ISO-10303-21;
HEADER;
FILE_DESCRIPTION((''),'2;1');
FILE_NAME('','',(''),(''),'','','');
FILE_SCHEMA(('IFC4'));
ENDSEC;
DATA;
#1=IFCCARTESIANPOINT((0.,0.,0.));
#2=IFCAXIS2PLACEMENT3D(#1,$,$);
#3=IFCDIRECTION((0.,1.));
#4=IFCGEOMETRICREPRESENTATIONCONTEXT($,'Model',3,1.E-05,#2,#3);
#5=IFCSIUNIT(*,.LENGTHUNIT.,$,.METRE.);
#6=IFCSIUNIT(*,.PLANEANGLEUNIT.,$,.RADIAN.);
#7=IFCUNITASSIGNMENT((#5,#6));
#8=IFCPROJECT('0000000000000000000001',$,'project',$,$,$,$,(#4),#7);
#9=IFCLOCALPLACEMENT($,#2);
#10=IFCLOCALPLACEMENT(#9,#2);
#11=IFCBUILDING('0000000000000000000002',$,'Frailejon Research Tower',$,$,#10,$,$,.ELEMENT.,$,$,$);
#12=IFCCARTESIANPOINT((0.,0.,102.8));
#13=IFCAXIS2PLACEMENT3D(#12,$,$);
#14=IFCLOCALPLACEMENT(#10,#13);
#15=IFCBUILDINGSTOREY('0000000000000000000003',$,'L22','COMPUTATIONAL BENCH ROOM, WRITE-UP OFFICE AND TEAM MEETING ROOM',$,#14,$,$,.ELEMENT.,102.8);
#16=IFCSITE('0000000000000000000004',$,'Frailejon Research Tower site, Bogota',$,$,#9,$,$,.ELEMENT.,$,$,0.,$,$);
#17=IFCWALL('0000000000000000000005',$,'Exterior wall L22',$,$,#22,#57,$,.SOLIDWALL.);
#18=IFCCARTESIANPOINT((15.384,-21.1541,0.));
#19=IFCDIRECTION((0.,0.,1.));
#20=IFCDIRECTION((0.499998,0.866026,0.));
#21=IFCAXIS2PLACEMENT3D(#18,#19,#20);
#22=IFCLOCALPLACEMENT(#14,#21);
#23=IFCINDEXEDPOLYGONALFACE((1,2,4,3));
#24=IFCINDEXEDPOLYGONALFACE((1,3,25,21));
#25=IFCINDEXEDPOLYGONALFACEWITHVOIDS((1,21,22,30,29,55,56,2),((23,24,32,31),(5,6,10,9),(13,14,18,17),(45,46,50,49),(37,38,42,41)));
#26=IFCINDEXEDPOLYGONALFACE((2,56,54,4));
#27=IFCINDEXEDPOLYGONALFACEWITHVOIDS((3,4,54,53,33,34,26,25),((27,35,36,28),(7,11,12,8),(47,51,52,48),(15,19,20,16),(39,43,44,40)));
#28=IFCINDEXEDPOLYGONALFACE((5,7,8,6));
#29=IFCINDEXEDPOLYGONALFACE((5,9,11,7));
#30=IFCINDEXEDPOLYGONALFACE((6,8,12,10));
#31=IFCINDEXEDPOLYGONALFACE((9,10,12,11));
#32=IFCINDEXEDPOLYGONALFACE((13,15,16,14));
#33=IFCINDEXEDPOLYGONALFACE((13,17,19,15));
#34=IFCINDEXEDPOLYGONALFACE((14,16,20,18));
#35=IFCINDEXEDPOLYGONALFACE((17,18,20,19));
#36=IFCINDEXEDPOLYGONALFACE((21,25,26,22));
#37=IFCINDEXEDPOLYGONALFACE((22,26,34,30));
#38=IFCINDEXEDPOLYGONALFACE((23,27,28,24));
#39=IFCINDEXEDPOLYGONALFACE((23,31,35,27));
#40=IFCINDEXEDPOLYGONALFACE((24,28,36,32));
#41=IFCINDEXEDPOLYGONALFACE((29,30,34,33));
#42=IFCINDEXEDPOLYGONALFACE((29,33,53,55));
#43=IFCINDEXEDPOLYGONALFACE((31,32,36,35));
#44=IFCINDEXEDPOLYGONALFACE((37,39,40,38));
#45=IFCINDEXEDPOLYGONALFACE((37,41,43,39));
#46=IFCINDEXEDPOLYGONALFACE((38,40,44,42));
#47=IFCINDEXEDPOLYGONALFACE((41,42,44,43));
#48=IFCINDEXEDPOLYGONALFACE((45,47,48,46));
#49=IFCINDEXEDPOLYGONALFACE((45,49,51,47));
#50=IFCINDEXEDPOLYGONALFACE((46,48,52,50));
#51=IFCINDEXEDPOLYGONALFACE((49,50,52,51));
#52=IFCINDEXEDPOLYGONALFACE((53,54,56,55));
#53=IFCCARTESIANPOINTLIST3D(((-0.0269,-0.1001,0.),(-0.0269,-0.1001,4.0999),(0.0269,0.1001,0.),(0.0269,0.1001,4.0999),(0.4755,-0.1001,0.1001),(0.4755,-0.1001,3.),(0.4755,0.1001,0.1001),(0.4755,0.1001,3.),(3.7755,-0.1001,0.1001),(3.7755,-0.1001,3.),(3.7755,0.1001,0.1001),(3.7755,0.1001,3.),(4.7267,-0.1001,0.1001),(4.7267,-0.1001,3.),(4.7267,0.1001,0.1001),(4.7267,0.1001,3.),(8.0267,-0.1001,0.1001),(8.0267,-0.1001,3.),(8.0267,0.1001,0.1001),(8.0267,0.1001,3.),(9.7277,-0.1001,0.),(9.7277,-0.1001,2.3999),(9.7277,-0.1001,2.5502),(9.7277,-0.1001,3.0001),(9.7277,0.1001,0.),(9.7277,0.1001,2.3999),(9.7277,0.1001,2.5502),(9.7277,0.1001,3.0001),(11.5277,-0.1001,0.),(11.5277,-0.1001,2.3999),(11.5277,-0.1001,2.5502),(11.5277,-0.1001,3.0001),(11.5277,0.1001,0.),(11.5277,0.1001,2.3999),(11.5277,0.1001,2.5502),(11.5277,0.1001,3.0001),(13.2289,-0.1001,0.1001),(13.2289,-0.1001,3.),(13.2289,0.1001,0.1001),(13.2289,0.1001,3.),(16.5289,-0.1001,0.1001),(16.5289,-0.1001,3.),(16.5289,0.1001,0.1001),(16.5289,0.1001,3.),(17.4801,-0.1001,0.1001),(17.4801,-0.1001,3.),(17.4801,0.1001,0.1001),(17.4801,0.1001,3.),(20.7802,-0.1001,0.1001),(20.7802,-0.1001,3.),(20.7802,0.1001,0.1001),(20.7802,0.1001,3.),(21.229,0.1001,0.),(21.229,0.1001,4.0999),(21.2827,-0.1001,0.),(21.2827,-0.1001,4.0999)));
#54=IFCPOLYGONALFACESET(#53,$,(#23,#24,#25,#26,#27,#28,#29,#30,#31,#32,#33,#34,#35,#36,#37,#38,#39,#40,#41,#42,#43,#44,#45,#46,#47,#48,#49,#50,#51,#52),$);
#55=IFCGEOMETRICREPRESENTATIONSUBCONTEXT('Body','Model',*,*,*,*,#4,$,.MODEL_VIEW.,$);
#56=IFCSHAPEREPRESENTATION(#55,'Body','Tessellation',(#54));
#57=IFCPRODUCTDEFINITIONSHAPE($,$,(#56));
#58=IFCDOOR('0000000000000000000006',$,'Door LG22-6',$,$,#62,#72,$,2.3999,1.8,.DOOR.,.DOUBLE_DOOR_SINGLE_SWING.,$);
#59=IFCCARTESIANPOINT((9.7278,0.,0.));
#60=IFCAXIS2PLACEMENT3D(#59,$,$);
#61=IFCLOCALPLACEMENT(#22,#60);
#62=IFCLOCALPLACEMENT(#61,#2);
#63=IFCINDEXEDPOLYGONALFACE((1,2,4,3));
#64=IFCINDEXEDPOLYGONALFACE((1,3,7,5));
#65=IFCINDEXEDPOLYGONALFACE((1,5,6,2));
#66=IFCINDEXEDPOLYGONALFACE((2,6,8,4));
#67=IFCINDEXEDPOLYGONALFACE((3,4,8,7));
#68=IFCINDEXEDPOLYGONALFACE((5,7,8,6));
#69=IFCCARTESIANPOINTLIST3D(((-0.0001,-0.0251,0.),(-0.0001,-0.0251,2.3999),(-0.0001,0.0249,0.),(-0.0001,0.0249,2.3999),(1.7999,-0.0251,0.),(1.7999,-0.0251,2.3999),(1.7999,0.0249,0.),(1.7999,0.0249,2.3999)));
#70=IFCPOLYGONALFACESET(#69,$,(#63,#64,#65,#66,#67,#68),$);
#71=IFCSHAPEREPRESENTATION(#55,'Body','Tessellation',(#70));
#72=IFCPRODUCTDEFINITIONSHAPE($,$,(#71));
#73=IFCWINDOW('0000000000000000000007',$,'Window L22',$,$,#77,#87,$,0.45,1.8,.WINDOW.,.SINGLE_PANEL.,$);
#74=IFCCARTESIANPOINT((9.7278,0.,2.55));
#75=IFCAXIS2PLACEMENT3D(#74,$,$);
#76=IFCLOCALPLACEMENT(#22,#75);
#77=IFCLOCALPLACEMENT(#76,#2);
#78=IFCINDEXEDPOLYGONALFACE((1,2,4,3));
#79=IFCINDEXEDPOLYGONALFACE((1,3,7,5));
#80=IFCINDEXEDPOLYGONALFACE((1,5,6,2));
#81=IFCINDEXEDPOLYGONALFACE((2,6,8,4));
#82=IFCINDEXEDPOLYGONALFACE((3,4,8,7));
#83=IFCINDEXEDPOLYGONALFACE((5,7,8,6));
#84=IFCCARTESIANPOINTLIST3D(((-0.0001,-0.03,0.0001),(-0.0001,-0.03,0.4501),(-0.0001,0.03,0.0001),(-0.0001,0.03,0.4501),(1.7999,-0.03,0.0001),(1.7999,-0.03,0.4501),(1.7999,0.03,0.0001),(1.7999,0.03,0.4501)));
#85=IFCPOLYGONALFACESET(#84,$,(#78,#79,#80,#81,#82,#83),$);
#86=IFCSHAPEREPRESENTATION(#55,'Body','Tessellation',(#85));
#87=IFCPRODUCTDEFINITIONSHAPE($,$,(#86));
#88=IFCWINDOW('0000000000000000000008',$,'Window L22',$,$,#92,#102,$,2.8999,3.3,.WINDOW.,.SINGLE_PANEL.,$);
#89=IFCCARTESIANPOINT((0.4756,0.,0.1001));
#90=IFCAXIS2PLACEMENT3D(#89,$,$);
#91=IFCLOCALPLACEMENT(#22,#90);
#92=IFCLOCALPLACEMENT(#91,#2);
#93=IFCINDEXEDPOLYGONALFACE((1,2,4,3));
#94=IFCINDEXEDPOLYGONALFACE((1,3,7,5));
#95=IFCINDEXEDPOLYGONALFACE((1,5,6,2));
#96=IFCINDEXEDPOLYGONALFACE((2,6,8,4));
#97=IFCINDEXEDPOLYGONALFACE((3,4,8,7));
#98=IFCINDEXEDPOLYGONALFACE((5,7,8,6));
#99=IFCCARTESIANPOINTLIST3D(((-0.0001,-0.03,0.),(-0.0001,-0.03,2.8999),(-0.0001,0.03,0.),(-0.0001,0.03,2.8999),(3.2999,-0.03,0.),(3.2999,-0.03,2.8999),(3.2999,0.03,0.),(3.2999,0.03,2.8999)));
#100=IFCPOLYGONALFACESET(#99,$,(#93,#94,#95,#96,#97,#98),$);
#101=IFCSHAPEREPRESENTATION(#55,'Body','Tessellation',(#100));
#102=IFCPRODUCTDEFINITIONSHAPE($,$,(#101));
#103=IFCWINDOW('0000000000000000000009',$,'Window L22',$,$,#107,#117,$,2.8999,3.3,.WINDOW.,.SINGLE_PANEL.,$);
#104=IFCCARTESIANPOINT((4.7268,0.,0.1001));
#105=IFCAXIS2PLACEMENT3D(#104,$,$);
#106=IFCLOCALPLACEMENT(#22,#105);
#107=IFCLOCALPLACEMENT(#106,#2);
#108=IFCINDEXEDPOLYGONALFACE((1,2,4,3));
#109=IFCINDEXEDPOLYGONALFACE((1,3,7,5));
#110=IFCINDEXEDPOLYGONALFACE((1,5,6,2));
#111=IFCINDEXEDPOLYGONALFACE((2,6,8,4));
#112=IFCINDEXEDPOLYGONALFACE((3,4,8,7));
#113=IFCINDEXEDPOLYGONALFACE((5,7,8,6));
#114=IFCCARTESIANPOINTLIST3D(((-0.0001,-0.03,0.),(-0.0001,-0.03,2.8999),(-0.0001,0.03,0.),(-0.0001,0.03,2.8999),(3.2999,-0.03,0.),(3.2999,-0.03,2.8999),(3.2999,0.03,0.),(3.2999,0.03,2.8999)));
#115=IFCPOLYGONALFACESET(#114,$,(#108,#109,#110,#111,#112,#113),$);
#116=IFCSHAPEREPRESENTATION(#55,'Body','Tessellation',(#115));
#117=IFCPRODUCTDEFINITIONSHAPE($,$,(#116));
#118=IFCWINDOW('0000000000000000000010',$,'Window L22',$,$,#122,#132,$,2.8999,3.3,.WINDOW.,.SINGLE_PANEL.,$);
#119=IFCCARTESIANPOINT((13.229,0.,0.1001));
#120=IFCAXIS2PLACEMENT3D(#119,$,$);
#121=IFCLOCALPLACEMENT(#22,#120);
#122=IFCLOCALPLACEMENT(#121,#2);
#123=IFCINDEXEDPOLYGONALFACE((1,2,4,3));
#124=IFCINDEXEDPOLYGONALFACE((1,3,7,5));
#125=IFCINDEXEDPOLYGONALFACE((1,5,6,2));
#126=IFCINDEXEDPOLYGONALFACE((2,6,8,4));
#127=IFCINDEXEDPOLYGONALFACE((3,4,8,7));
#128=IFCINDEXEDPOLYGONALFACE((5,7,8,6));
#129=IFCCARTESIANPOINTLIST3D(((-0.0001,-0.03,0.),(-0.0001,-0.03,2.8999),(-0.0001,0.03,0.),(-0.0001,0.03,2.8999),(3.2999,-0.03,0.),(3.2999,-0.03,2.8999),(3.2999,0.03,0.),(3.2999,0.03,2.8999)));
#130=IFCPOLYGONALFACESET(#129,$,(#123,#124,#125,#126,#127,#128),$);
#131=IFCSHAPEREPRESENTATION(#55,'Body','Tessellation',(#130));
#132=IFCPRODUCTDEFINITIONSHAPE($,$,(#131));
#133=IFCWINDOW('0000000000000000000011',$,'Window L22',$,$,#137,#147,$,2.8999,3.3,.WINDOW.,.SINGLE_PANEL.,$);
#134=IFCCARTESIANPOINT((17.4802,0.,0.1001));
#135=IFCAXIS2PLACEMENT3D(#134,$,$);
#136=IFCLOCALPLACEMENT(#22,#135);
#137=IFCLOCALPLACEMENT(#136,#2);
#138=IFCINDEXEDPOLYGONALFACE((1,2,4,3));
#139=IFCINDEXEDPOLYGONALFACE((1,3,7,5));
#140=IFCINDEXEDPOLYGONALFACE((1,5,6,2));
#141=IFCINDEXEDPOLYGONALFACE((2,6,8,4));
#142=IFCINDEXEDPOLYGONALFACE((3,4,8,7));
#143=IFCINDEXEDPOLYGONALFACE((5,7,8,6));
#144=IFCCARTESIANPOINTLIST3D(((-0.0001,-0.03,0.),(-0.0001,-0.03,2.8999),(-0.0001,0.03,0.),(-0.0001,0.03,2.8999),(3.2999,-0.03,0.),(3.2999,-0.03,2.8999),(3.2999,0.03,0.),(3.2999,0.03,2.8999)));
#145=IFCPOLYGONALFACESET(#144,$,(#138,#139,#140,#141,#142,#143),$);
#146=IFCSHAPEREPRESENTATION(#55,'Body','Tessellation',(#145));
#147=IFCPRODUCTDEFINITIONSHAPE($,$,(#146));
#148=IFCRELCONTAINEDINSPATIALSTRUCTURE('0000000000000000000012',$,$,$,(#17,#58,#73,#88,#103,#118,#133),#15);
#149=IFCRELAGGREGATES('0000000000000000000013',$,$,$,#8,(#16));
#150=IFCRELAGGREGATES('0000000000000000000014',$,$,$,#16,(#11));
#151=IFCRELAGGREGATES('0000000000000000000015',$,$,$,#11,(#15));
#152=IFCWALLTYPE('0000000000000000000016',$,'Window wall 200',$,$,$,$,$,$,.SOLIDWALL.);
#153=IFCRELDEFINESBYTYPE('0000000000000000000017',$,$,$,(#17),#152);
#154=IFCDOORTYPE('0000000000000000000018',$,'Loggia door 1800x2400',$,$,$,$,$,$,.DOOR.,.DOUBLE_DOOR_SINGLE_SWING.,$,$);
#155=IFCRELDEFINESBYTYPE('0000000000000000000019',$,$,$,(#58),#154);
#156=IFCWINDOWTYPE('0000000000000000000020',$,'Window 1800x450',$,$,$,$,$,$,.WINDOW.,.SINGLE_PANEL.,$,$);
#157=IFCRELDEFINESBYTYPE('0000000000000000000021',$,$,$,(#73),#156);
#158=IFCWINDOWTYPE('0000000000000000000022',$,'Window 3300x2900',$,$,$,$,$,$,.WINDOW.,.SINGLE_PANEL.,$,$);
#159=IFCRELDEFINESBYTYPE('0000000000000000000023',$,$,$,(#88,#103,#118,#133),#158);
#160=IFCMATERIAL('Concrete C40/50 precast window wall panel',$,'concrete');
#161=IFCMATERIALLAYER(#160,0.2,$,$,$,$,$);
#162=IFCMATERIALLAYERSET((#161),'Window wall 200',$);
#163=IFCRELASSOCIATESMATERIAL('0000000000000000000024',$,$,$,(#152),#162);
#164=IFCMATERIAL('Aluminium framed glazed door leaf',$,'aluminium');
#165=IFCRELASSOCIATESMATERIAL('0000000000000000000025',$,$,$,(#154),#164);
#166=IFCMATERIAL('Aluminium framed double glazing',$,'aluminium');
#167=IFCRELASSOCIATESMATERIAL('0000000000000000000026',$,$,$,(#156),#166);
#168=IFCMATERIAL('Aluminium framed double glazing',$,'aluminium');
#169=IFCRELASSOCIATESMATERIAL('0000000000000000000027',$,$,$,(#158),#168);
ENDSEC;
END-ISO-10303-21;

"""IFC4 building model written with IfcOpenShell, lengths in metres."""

from ifc_helpers import new_model, si_unit, direction, frame, frame_2d, origin, place, context, subcontext, project, spatial, polyline, rectangle, outline, extrude, material, layer, layer_set, type_object, element, fill, save


model = new_model("IFC4")

# Units and contexts
model_context = context("Model", 3, precision=1e-05, world=origin(), true_north=direction((0.0, 1.0)))
body_context = subcontext(model_context, "Body", "Model", "MODEL_VIEW")
ifc_project = project(units=[si_unit("LENGTHUNIT", "METRE"), si_unit("PLANEANGLEUNIT", "RADIAN")], contexts=[model_context])

# Site, building, storey
site_placement = place(None, origin())
site = spatial("IfcSite", under=ifc_project, at=site_placement, Name="Frailejon Research Tower site, Bogota", CompositionType="ELEMENT", RefElevation=0.0)
building_placement = place(site_placement, origin())
building = spatial("IfcBuilding", under=site, at=building_placement, Name="Frailejon Research Tower", CompositionType="ELEMENT")
storey_placement = place(building_placement, frame((0.0, 0.0, 102.8)))
storey = spatial("IfcBuildingStorey", under=building, at=storey_placement, Name="L22", Description="COMPUTATIONAL BENCH ROOM, WRITE-UP OFFICE AND TEAM MEETING ROOM", CompositionType="ELEMENT", Elevation=102.8)

# Wall, openings, door, windows
ifc_material_1 = material(Name="Concrete C40/50 precast window wall panel", Category="concrete")
ifc_layer_1 = layer(ifc_material_1, 0.2)
ifc_layer_set_1 = layer_set([ifc_layer_1], Name="Window wall 200")
wall_type_1 = type_object("IfcWallType", Name="Window wall 200", PredefinedType="SOLIDWALL", material=ifc_layer_set_1)
wall_1_placement = place(storey_placement, frame((15.384, -21.1541, 0.0), z_axis=(0.0, 0.0, 1.0), x_axis=(0.499998, 0.866026, 0.0)))
wall_1 = element("IfcWall", 1, at=wall_1_placement, inside=storey, type_object=wall_type_1, Name="Exterior wall L22", PredefinedType="SOLIDWALL", context=body_context, shape_type="SweptSolid", body=[
    extrude(outline(polyline([(-0.0269, -0.1001), (0.9878, -0.1001), (2.0027, -0.1001), (3.0173, -0.1001), (4.0322, -0.1001), (5.0469, -0.1001), (6.0615, -0.1001), (7.0764, -0.1001), (8.0911, -0.1001), (9.1057, -0.1001), (10.1206, -0.1001), (11.1353, -0.1001), (12.1501, -0.1001), (13.1648, -0.1001), (14.1794, -0.1001), (15.1943, -0.1001), (16.209, -0.1001), (17.2236, -0.1001), (18.2385, -0.1001), (19.2532, -0.1001), (20.2681, -0.1001), (21.2827, -0.1001), (21.229, 0.1001), (20.2195, 0.1001), (19.2097, 0.1001), (18.2002, 0.1001), (17.1904, 0.1001), (16.1809, 0.1001), (15.1711, 0.1001), (14.1616, 0.1001), (13.1521, 0.1001), (12.1423, 0.1001), (11.1328, 0.1001), (10.123, 0.1001), (9.1135, 0.1001), (8.1038, 0.1001), (7.0942, 0.1001), (6.0847, 0.1001), (5.075, 0.1001), (4.0654, 0.1001), (3.0557, 0.1001), (2.0461, 0.1001), (1.0364, 0.1001), (0.0269, 0.1001), (-0.0269, -0.1001)])), origin(), (0.0, 0.0, 1.0), 4.0999),
])
opening_1_placement = place(wall_1_placement, frame((0.4756, 0.0, 0.1001)))
opening_1 = element("IfcOpeningElement", 2, at=opening_1_placement, cuts=wall_1, PredefinedType="OPENING", context=body_context, shape_type="SweptSolid", body=[
    extrude(rectangle(XDim=3.3, YDim=2.8999, at=frame_2d((1.6499, 1.45))), frame((0.0, 0.1099, 0.0), z_axis=(0.0, -1.0, 0.0), x_axis=(1.0, 0.0, 0.0)), (0.0, 0.0, 1.0), 0.22),
])
opening_2_placement = place(wall_1_placement, frame((4.7268, 0.0, 0.1001)))
opening_2 = element("IfcOpeningElement", 3, at=opening_2_placement, cuts=wall_1, PredefinedType="OPENING", context=body_context, shape_type="SweptSolid", body=[
    extrude(rectangle(XDim=3.3, YDim=2.8999, at=frame_2d((1.6499, 1.45))), frame((0.0, 0.1099, 0.0), z_axis=(0.0, -1.0, 0.0), x_axis=(1.0, 0.0, 0.0)), (0.0, 0.0, 1.0), 0.22),
])
opening_3_placement = place(wall_1_placement, frame((9.7278, 0.0, 0.0)))
opening_3 = element("IfcOpeningElement", 4, at=opening_3_placement, cuts=wall_1, PredefinedType="OPENING", context=body_context, shape_type="SweptSolid", body=[
    extrude(rectangle(XDim=1.8, YDim=2.3999, at=frame_2d((0.8999, 1.2))), frame((0.0, 0.1099, 0.0), z_axis=(0.0, -1.0, 0.0), x_axis=(1.0, 0.0, 0.0)), (0.0, 0.0, 1.0), 0.22),
])
opening_4_placement = place(wall_1_placement, frame((9.7278, 0.0, 2.55)))
opening_4 = element("IfcOpeningElement", 5, at=opening_4_placement, cuts=wall_1, PredefinedType="OPENING", context=body_context, shape_type="SweptSolid", body=[
    extrude(rectangle(XDim=1.8, YDim=0.45, at=frame_2d((0.8999, 0.2251))), frame((0.0, 0.1099, 0.0), z_axis=(0.0, -1.0, 0.0), x_axis=(1.0, 0.0, 0.0)), (0.0, 0.0, 1.0), 0.22),
])
opening_5_placement = place(wall_1_placement, frame((13.229, 0.0, 0.1001)))
opening_5 = element("IfcOpeningElement", 6, at=opening_5_placement, cuts=wall_1, PredefinedType="OPENING", context=body_context, shape_type="SweptSolid", body=[
    extrude(rectangle(XDim=3.3, YDim=2.8999, at=frame_2d((1.6499, 1.45))), frame((0.0, 0.1099, 0.0), z_axis=(0.0, -1.0, 0.0), x_axis=(1.0, 0.0, 0.0)), (0.0, 0.0, 1.0), 0.22),
])
opening_6_placement = place(wall_1_placement, frame((17.4802, 0.0, 0.1001)))
opening_6 = element("IfcOpeningElement", 7, at=opening_6_placement, cuts=wall_1, PredefinedType="OPENING", context=body_context, shape_type="SweptSolid", body=[
    extrude(rectangle(XDim=3.3, YDim=2.8999, at=frame_2d((1.6499, 1.45))), frame((0.0, 0.1099, 0.0), z_axis=(0.0, -1.0, 0.0), x_axis=(1.0, 0.0, 0.0)), (0.0, 0.0, 1.0), 0.22),
])
ifc_material_2 = material(Name="Aluminium framed glazed door leaf", Category="aluminium")
door_type_1 = type_object("IfcDoorType", Name="Loggia door 1800x2400", OperationType="DOUBLE_DOOR_SINGLE_SWING", PredefinedType="DOOR", material=ifc_material_2)
door_1_placement = place(opening_3_placement, origin())
door_1 = element("IfcDoor", 8, at=door_1_placement, inside=storey, type_object=door_type_1, Name="Door LG22-6", OperationType="DOUBLE_DOOR_SINGLE_SWING", OverallHeight=2.3999, OverallWidth=1.8, PredefinedType="DOOR", context=body_context, shape_type="SweptSolid", body=[
    extrude(rectangle(XDim=1.8, YDim=2.3999, at=frame_2d((0.8999, 1.2))), frame((0.0, 0.0249, 0.0), z_axis=(0.0, -1.0, 0.0), x_axis=(1.0, 0.0, 0.0)), (0.0, 0.0, 1.0), 0.05),
])
fill(opening_3, door_1)
ifc_material_3 = material(Name="Aluminium framed double glazing", Category="aluminium")
window_type_1 = type_object("IfcWindowType", Name="Window 1800x450", PartitioningType="SINGLE_PANEL", PredefinedType="WINDOW", material=ifc_material_3)
window_1_placement = place(opening_4_placement, origin())
window_1 = element("IfcWindow", 9, at=window_1_placement, inside=storey, type_object=window_type_1, Name="Window L22", OverallHeight=0.45, OverallWidth=1.8, PartitioningType="SINGLE_PANEL", PredefinedType="WINDOW", context=body_context, shape_type="SweptSolid", body=[
    extrude(rectangle(XDim=1.8, YDim=0.45, at=frame_2d((0.8999, 0.2251))), frame((0.0, 0.03, 0.0), z_axis=(0.0, -1.0, 0.0), x_axis=(1.0, 0.0, 0.0)), (0.0, 0.0, 1.0), 0.0601),
])
fill(opening_4, window_1)
ifc_material_4 = material(Name="Aluminium framed double glazing", Category="aluminium")
window_type_2 = type_object("IfcWindowType", Name="Window 3300x2900", PartitioningType="SINGLE_PANEL", PredefinedType="WINDOW", material=ifc_material_4)
window_2_placement = place(opening_1_placement, origin())
window_2 = element("IfcWindow", 10, at=window_2_placement, inside=storey, type_object=window_type_2, Name="Window L22", OverallHeight=2.8999, OverallWidth=3.3, PartitioningType="SINGLE_PANEL", PredefinedType="WINDOW", context=body_context, shape_type="SweptSolid", body=[
    extrude(rectangle(XDim=3.3, YDim=2.8999, at=frame_2d((1.6499, 1.45))), frame((0.0, 0.03, 0.0), z_axis=(0.0, -1.0, 0.0), x_axis=(1.0, 0.0, 0.0)), (0.0, 0.0, 1.0), 0.0601),
])
fill(opening_1, window_2)
window_3_placement = place(opening_2_placement, origin())
window_3 = element("IfcWindow", 11, at=window_3_placement, inside=storey, type_object=window_type_2, Name="Window L22", OverallHeight=2.8999, OverallWidth=3.3, PartitioningType="SINGLE_PANEL", PredefinedType="WINDOW", context=body_context, shape_type="SweptSolid", body=[
    extrude(rectangle(XDim=3.3, YDim=2.8999, at=frame_2d((1.6499, 1.45))), frame((0.0, 0.03, 0.0), z_axis=(0.0, -1.0, 0.0), x_axis=(1.0, 0.0, 0.0)), (0.0, 0.0, 1.0), 0.0601),
])
fill(opening_2, window_3)
window_4_placement = place(opening_5_placement, origin())
window_4 = element("IfcWindow", 12, at=window_4_placement, inside=storey, type_object=window_type_2, Name="Window L22", OverallHeight=2.8999, OverallWidth=3.3, PartitioningType="SINGLE_PANEL", PredefinedType="WINDOW", context=body_context, shape_type="SweptSolid", body=[
    extrude(rectangle(XDim=3.3, YDim=2.8999, at=frame_2d((1.6499, 1.45))), frame((0.0, 0.03, 0.0), z_axis=(0.0, -1.0, 0.0), x_axis=(1.0, 0.0, 0.0)), (0.0, 0.0, 1.0), 0.0601),
])
fill(opening_5, window_4)
window_5_placement = place(opening_6_placement, origin())
window_5 = element("IfcWindow", 13, at=window_5_placement, inside=storey, type_object=window_type_2, Name="Window L22", OverallHeight=2.8999, OverallWidth=3.3, PartitioningType="SINGLE_PANEL", PredefinedType="WINDOW", context=body_context, shape_type="SweptSolid", body=[
    extrude(rectangle(XDim=3.3, YDim=2.8999, at=frame_2d((1.6499, 1.45))), frame((0.0, 0.03, 0.0), z_axis=(0.0, -1.0, 0.0), x_axis=(1.0, 0.0, 0.0)), (0.0, 0.0, 1.0), 0.0601),
])
fill(opening_6, window_5)

save(model, "model.ifc")
